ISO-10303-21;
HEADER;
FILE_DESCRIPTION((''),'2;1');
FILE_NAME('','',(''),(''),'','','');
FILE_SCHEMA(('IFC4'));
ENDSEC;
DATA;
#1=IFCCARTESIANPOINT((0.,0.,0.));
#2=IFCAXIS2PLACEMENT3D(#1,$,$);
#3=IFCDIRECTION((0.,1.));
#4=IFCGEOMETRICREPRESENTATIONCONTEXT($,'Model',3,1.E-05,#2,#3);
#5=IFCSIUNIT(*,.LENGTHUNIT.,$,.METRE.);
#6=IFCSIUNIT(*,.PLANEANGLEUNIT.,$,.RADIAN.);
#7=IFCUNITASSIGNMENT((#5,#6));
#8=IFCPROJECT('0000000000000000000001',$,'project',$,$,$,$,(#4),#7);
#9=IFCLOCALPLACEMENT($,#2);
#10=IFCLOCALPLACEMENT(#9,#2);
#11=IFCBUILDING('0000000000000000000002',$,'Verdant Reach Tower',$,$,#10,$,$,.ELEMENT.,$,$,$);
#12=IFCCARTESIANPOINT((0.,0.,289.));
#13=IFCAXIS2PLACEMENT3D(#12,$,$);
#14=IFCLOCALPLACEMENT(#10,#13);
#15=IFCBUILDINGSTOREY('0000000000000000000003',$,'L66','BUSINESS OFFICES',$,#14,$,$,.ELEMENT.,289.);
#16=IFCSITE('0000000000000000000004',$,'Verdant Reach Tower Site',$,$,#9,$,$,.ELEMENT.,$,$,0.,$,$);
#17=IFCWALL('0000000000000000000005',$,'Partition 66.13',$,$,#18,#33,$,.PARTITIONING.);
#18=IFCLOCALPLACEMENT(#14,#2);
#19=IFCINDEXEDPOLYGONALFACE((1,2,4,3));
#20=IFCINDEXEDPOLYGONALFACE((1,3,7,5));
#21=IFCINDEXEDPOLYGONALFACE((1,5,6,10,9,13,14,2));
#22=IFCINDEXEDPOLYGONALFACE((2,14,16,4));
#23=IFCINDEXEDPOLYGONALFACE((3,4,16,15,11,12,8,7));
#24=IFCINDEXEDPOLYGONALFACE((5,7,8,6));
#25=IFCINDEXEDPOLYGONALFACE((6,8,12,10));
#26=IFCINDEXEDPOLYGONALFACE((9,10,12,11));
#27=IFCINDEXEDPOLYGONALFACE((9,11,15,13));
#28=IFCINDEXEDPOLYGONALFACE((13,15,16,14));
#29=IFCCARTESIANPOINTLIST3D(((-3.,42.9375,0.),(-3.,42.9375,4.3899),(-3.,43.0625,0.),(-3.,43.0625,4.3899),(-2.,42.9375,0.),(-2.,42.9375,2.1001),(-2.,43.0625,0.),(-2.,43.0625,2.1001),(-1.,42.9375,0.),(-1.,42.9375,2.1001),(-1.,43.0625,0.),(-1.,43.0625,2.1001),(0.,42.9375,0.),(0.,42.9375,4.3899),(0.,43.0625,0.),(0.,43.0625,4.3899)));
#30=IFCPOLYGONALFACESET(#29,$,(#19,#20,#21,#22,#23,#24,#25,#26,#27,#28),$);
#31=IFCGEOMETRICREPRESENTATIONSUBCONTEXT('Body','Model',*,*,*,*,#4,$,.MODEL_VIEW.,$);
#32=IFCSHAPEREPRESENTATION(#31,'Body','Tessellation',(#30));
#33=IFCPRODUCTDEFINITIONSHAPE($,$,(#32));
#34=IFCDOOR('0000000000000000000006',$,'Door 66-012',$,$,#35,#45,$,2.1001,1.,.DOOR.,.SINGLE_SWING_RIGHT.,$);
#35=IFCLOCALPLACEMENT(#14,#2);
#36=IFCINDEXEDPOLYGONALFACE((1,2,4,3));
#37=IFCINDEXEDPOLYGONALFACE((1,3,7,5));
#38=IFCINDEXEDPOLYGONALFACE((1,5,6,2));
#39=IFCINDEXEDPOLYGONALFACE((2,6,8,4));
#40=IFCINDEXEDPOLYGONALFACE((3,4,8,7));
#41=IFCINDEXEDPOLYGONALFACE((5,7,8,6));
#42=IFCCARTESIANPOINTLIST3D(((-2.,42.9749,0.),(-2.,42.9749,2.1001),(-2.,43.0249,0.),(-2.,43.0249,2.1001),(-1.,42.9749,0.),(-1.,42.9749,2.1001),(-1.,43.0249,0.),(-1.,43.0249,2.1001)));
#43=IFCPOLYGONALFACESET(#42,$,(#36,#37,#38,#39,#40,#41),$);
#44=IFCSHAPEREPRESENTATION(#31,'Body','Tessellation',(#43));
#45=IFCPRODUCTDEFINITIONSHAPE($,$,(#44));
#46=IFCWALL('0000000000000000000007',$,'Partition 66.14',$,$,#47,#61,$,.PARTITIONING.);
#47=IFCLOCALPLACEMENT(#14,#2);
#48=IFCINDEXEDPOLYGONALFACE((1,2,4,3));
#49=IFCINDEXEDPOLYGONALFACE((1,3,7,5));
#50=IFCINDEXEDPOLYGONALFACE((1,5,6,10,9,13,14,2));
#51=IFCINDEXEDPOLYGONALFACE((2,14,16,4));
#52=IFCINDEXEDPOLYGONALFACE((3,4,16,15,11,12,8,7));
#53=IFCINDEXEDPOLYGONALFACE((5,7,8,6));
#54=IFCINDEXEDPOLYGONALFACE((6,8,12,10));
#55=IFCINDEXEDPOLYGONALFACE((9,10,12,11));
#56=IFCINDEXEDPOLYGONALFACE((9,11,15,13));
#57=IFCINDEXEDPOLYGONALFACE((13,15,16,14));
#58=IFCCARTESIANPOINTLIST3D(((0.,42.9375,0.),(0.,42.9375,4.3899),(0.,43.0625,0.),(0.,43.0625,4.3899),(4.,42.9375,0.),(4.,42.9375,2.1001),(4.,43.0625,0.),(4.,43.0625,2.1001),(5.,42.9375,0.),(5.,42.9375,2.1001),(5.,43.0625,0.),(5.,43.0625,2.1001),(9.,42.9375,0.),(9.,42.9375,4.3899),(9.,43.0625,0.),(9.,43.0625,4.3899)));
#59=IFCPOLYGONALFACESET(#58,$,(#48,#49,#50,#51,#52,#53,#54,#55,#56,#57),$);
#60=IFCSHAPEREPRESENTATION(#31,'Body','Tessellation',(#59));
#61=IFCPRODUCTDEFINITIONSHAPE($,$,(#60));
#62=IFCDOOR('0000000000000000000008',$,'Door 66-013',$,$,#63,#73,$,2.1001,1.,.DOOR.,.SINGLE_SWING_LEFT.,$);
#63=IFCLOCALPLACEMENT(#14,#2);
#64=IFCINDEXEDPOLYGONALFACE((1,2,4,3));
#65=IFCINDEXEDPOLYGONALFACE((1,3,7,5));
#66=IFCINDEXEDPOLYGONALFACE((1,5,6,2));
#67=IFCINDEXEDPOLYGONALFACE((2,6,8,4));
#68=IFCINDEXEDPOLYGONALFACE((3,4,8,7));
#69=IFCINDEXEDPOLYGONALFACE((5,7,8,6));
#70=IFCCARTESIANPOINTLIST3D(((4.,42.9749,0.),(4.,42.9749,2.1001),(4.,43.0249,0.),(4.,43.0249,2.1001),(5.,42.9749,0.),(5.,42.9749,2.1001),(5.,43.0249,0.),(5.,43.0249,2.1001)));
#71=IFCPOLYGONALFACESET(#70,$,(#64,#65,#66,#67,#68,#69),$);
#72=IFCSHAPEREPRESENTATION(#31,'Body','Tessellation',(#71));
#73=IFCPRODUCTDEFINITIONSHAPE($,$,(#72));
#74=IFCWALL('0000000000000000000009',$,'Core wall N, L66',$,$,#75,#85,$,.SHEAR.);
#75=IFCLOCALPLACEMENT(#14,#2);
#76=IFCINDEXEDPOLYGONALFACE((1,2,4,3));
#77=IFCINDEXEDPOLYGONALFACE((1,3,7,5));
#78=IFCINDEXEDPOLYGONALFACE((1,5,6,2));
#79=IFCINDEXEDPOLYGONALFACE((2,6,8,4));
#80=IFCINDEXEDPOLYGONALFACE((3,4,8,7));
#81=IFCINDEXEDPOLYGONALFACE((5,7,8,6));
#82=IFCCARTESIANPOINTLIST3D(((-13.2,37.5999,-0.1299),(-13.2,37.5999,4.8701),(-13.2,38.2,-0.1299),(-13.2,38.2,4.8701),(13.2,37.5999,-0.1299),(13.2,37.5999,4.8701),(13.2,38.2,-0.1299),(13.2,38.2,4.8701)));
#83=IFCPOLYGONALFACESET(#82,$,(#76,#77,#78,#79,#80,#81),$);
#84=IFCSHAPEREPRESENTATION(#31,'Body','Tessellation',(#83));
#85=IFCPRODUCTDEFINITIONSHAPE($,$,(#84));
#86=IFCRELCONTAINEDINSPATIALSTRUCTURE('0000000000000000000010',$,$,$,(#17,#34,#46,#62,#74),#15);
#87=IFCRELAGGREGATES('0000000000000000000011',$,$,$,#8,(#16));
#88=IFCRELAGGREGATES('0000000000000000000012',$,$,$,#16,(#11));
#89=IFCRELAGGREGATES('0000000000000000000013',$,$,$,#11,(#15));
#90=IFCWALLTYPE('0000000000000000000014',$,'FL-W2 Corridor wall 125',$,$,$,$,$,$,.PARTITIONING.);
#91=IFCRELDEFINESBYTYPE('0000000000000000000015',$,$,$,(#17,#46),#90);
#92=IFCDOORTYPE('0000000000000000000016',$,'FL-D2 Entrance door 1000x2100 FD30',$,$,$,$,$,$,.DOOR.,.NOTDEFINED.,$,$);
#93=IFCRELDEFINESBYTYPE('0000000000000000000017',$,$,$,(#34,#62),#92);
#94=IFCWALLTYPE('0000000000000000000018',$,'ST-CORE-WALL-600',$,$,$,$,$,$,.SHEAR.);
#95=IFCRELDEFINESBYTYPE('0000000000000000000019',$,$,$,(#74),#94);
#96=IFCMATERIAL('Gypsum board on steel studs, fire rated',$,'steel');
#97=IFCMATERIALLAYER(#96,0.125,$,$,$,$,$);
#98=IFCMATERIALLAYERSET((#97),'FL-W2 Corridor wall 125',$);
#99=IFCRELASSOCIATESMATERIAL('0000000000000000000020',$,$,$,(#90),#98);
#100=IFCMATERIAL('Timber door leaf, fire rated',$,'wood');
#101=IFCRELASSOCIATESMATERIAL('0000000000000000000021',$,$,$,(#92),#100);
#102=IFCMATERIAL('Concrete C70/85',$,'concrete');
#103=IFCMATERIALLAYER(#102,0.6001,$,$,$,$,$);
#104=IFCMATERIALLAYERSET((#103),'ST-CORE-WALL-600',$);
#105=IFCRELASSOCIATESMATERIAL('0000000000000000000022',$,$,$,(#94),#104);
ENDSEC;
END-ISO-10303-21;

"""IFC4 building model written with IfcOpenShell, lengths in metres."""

from ifc_helpers import new_model, si_unit, direction, frame, frame_2d, origin, place, context, subcontext, project, spatial, rectangle, extrude, material, layer, layer_set, type_object, element, fill, save


model = new_model("IFC4")

# Units and contexts
model_context = context("Model", 3, precision=1e-05, world=origin(), true_north=direction((0.0, 1.0)))
body_context = subcontext(model_context, "Body", "Model", "MODEL_VIEW")
ifc_project = project(units=[si_unit("LENGTHUNIT", "METRE"), si_unit("PLANEANGLEUNIT", "RADIAN")], contexts=[model_context])

# Site, building, storey
site_placement = place(None, origin())
site = spatial("IfcSite", under=ifc_project, at=site_placement, Name="Verdant Reach Tower Site", CompositionType="ELEMENT", RefElevation=0.0)
building_placement = place(site_placement, origin())
building = spatial("IfcBuilding", under=site, at=building_placement, Name="Verdant Reach Tower", CompositionType="ELEMENT")
storey_placement = place(building_placement, frame((0.0, 0.0, 289.0)))
storey = spatial("IfcBuildingStorey", under=building, at=storey_placement, Name="L66", Description="BUSINESS OFFICES", CompositionType="ELEMENT", Elevation=289.0)

# Shared definitions
ifc_material_1 = material(Name="Gypsum board on steel studs, fire rated", Category="steel")
ifc_layer_1 = layer(ifc_material_1, 0.125)
ifc_layer_set_1 = layer_set([ifc_layer_1], Name="FL-W2 Corridor wall 125")
wall_type_1 = type_object("IfcWallType", Name="FL-W2 Corridor wall 125", PredefinedType="PARTITIONING", material=ifc_layer_set_1)

# Walls, openings, doors
wall_1_placement = place(storey_placement, frame((-3.0, 43.0, 0.0), z_axis=(0.0, 0.0, 1.0), x_axis=(1.0, 0.0, 0.0)))
wall_1 = element("IfcWall", 1, at=wall_1_placement, inside=storey, type_object=wall_type_1, Name="Partition 66.13", PredefinedType="PARTITIONING", context=body_context, shape_type="SweptSolid", body=[
    extrude(rectangle(XDim=3.0, YDim=0.125, at=frame_2d((1.5, 0.0))), origin(), (0.0, 0.0, 1.0), 4.3899),
])
opening_1_placement = place(wall_1_placement, frame((1.0, 0.0, 0.0)))
opening_1 = element("IfcOpeningElement", 2, at=opening_1_placement, cuts=wall_1, PredefinedType="OPENING", context=body_context, shape_type="SweptSolid", body=[
    extrude(rectangle(XDim=1.0, YDim=2.1001, at=frame_2d((0.5, 1.05))), frame((0.0, 0.0725, 0.0), z_axis=(0.0, -1.0, 0.0), x_axis=(1.0, 0.0, 0.0)), (0.0, 0.0, 1.0), 0.145),
])
ifc_material_2 = material(Name="Timber door leaf, fire rated", Category="wood")
door_type_1 = type_object("IfcDoorType", Name="FL-D2 Entrance door 1000x2100 FD30", OperationType="NOTDEFINED", PredefinedType="DOOR", material=ifc_material_2)
door_1_placement = place(opening_1_placement, origin())
door_1 = element("IfcDoor", 3, at=door_1_placement, inside=storey, type_object=door_type_1, Name="Door 66-012", OperationType="SINGLE_SWING_RIGHT", OverallHeight=2.1001, OverallWidth=1.0, PredefinedType="DOOR", context=body_context, shape_type="SweptSolid", body=[
    extrude(rectangle(XDim=1.0, YDim=2.1001, at=frame_2d((0.5, 1.05))), frame((0.0, 0.0249, 0.0), z_axis=(0.0, -1.0, 0.0), x_axis=(1.0, 0.0, 0.0)), (0.0, 0.0, 1.0), 0.05),
])
fill(opening_1, door_1)
wall_2_placement = place(storey_placement, frame((0.0, 43.0, 0.0), z_axis=(0.0, 0.0, 1.0), x_axis=(1.0, 0.0, 0.0)))
wall_2 = element("IfcWall", 4, at=wall_2_placement, inside=storey, type_object=wall_type_1, Name="Partition 66.14", PredefinedType="PARTITIONING", context=body_context, shape_type="SweptSolid", body=[
    extrude(rectangle(XDim=9.0, YDim=0.125, at=frame_2d((4.5, 0.0))), origin(), (0.0, 0.0, 1.0), 4.3899),
])
opening_2_placement = place(wall_2_placement, frame((4.0, 0.0, 0.0)))
opening_2 = element("IfcOpeningElement", 5, at=opening_2_placement, cuts=wall_2, PredefinedType="OPENING", context=body_context, shape_type="SweptSolid", body=[
    extrude(rectangle(XDim=1.0, YDim=2.1001, at=frame_2d((0.5, 1.05))), frame((0.0, 0.0725, 0.0), z_axis=(0.0, -1.0, 0.0), x_axis=(1.0, 0.0, 0.0)), (0.0, 0.0, 1.0), 0.145),
])
door_2_placement = place(opening_2_placement, origin())
door_2 = element("IfcDoor", 6, at=door_2_placement, inside=storey, type_object=door_type_1, Name="Door 66-013", OperationType="SINGLE_SWING_LEFT", OverallHeight=2.1001, OverallWidth=1.0, PredefinedType="DOOR", context=body_context, shape_type="SweptSolid", body=[
    extrude(rectangle(XDim=1.0, YDim=2.1001, at=frame_2d((0.5, 1.05))), frame((0.0, 0.0249, 0.0), z_axis=(0.0, -1.0, 0.0), x_axis=(1.0, 0.0, 0.0)), (0.0, 0.0, 1.0), 0.05),
])
fill(opening_2, door_2)

# Wall
ifc_material_3 = material(Name="Concrete C70/85", Category="concrete")
ifc_layer_2 = layer(ifc_material_3, 0.6001)
ifc_layer_set_2 = layer_set([ifc_layer_2], Name="ST-CORE-WALL-600")
wall_type_2 = type_object("IfcWallType", Name="ST-CORE-WALL-600", PredefinedType="SHEAR", material=ifc_layer_set_2)
wall_3_placement = place(storey_placement, frame((-13.2, 37.8999, -0.1299), z_axis=(0.0, 0.0, 1.0), x_axis=(1.0, 0.0, 0.0)))
element("IfcWall", 7, at=wall_3_placement, inside=storey, type_object=wall_type_2, Name="Core wall N, L66", PredefinedType="SHEAR", context=body_context, shape_type="SweptSolid", body=[
    extrude(rectangle(XDim=26.3999, YDim=0.6001, at=frame_2d((13.2, 0.0))), origin(), (0.0, 0.0, 1.0), 5.0),
])

save(model, "model.ifc")
